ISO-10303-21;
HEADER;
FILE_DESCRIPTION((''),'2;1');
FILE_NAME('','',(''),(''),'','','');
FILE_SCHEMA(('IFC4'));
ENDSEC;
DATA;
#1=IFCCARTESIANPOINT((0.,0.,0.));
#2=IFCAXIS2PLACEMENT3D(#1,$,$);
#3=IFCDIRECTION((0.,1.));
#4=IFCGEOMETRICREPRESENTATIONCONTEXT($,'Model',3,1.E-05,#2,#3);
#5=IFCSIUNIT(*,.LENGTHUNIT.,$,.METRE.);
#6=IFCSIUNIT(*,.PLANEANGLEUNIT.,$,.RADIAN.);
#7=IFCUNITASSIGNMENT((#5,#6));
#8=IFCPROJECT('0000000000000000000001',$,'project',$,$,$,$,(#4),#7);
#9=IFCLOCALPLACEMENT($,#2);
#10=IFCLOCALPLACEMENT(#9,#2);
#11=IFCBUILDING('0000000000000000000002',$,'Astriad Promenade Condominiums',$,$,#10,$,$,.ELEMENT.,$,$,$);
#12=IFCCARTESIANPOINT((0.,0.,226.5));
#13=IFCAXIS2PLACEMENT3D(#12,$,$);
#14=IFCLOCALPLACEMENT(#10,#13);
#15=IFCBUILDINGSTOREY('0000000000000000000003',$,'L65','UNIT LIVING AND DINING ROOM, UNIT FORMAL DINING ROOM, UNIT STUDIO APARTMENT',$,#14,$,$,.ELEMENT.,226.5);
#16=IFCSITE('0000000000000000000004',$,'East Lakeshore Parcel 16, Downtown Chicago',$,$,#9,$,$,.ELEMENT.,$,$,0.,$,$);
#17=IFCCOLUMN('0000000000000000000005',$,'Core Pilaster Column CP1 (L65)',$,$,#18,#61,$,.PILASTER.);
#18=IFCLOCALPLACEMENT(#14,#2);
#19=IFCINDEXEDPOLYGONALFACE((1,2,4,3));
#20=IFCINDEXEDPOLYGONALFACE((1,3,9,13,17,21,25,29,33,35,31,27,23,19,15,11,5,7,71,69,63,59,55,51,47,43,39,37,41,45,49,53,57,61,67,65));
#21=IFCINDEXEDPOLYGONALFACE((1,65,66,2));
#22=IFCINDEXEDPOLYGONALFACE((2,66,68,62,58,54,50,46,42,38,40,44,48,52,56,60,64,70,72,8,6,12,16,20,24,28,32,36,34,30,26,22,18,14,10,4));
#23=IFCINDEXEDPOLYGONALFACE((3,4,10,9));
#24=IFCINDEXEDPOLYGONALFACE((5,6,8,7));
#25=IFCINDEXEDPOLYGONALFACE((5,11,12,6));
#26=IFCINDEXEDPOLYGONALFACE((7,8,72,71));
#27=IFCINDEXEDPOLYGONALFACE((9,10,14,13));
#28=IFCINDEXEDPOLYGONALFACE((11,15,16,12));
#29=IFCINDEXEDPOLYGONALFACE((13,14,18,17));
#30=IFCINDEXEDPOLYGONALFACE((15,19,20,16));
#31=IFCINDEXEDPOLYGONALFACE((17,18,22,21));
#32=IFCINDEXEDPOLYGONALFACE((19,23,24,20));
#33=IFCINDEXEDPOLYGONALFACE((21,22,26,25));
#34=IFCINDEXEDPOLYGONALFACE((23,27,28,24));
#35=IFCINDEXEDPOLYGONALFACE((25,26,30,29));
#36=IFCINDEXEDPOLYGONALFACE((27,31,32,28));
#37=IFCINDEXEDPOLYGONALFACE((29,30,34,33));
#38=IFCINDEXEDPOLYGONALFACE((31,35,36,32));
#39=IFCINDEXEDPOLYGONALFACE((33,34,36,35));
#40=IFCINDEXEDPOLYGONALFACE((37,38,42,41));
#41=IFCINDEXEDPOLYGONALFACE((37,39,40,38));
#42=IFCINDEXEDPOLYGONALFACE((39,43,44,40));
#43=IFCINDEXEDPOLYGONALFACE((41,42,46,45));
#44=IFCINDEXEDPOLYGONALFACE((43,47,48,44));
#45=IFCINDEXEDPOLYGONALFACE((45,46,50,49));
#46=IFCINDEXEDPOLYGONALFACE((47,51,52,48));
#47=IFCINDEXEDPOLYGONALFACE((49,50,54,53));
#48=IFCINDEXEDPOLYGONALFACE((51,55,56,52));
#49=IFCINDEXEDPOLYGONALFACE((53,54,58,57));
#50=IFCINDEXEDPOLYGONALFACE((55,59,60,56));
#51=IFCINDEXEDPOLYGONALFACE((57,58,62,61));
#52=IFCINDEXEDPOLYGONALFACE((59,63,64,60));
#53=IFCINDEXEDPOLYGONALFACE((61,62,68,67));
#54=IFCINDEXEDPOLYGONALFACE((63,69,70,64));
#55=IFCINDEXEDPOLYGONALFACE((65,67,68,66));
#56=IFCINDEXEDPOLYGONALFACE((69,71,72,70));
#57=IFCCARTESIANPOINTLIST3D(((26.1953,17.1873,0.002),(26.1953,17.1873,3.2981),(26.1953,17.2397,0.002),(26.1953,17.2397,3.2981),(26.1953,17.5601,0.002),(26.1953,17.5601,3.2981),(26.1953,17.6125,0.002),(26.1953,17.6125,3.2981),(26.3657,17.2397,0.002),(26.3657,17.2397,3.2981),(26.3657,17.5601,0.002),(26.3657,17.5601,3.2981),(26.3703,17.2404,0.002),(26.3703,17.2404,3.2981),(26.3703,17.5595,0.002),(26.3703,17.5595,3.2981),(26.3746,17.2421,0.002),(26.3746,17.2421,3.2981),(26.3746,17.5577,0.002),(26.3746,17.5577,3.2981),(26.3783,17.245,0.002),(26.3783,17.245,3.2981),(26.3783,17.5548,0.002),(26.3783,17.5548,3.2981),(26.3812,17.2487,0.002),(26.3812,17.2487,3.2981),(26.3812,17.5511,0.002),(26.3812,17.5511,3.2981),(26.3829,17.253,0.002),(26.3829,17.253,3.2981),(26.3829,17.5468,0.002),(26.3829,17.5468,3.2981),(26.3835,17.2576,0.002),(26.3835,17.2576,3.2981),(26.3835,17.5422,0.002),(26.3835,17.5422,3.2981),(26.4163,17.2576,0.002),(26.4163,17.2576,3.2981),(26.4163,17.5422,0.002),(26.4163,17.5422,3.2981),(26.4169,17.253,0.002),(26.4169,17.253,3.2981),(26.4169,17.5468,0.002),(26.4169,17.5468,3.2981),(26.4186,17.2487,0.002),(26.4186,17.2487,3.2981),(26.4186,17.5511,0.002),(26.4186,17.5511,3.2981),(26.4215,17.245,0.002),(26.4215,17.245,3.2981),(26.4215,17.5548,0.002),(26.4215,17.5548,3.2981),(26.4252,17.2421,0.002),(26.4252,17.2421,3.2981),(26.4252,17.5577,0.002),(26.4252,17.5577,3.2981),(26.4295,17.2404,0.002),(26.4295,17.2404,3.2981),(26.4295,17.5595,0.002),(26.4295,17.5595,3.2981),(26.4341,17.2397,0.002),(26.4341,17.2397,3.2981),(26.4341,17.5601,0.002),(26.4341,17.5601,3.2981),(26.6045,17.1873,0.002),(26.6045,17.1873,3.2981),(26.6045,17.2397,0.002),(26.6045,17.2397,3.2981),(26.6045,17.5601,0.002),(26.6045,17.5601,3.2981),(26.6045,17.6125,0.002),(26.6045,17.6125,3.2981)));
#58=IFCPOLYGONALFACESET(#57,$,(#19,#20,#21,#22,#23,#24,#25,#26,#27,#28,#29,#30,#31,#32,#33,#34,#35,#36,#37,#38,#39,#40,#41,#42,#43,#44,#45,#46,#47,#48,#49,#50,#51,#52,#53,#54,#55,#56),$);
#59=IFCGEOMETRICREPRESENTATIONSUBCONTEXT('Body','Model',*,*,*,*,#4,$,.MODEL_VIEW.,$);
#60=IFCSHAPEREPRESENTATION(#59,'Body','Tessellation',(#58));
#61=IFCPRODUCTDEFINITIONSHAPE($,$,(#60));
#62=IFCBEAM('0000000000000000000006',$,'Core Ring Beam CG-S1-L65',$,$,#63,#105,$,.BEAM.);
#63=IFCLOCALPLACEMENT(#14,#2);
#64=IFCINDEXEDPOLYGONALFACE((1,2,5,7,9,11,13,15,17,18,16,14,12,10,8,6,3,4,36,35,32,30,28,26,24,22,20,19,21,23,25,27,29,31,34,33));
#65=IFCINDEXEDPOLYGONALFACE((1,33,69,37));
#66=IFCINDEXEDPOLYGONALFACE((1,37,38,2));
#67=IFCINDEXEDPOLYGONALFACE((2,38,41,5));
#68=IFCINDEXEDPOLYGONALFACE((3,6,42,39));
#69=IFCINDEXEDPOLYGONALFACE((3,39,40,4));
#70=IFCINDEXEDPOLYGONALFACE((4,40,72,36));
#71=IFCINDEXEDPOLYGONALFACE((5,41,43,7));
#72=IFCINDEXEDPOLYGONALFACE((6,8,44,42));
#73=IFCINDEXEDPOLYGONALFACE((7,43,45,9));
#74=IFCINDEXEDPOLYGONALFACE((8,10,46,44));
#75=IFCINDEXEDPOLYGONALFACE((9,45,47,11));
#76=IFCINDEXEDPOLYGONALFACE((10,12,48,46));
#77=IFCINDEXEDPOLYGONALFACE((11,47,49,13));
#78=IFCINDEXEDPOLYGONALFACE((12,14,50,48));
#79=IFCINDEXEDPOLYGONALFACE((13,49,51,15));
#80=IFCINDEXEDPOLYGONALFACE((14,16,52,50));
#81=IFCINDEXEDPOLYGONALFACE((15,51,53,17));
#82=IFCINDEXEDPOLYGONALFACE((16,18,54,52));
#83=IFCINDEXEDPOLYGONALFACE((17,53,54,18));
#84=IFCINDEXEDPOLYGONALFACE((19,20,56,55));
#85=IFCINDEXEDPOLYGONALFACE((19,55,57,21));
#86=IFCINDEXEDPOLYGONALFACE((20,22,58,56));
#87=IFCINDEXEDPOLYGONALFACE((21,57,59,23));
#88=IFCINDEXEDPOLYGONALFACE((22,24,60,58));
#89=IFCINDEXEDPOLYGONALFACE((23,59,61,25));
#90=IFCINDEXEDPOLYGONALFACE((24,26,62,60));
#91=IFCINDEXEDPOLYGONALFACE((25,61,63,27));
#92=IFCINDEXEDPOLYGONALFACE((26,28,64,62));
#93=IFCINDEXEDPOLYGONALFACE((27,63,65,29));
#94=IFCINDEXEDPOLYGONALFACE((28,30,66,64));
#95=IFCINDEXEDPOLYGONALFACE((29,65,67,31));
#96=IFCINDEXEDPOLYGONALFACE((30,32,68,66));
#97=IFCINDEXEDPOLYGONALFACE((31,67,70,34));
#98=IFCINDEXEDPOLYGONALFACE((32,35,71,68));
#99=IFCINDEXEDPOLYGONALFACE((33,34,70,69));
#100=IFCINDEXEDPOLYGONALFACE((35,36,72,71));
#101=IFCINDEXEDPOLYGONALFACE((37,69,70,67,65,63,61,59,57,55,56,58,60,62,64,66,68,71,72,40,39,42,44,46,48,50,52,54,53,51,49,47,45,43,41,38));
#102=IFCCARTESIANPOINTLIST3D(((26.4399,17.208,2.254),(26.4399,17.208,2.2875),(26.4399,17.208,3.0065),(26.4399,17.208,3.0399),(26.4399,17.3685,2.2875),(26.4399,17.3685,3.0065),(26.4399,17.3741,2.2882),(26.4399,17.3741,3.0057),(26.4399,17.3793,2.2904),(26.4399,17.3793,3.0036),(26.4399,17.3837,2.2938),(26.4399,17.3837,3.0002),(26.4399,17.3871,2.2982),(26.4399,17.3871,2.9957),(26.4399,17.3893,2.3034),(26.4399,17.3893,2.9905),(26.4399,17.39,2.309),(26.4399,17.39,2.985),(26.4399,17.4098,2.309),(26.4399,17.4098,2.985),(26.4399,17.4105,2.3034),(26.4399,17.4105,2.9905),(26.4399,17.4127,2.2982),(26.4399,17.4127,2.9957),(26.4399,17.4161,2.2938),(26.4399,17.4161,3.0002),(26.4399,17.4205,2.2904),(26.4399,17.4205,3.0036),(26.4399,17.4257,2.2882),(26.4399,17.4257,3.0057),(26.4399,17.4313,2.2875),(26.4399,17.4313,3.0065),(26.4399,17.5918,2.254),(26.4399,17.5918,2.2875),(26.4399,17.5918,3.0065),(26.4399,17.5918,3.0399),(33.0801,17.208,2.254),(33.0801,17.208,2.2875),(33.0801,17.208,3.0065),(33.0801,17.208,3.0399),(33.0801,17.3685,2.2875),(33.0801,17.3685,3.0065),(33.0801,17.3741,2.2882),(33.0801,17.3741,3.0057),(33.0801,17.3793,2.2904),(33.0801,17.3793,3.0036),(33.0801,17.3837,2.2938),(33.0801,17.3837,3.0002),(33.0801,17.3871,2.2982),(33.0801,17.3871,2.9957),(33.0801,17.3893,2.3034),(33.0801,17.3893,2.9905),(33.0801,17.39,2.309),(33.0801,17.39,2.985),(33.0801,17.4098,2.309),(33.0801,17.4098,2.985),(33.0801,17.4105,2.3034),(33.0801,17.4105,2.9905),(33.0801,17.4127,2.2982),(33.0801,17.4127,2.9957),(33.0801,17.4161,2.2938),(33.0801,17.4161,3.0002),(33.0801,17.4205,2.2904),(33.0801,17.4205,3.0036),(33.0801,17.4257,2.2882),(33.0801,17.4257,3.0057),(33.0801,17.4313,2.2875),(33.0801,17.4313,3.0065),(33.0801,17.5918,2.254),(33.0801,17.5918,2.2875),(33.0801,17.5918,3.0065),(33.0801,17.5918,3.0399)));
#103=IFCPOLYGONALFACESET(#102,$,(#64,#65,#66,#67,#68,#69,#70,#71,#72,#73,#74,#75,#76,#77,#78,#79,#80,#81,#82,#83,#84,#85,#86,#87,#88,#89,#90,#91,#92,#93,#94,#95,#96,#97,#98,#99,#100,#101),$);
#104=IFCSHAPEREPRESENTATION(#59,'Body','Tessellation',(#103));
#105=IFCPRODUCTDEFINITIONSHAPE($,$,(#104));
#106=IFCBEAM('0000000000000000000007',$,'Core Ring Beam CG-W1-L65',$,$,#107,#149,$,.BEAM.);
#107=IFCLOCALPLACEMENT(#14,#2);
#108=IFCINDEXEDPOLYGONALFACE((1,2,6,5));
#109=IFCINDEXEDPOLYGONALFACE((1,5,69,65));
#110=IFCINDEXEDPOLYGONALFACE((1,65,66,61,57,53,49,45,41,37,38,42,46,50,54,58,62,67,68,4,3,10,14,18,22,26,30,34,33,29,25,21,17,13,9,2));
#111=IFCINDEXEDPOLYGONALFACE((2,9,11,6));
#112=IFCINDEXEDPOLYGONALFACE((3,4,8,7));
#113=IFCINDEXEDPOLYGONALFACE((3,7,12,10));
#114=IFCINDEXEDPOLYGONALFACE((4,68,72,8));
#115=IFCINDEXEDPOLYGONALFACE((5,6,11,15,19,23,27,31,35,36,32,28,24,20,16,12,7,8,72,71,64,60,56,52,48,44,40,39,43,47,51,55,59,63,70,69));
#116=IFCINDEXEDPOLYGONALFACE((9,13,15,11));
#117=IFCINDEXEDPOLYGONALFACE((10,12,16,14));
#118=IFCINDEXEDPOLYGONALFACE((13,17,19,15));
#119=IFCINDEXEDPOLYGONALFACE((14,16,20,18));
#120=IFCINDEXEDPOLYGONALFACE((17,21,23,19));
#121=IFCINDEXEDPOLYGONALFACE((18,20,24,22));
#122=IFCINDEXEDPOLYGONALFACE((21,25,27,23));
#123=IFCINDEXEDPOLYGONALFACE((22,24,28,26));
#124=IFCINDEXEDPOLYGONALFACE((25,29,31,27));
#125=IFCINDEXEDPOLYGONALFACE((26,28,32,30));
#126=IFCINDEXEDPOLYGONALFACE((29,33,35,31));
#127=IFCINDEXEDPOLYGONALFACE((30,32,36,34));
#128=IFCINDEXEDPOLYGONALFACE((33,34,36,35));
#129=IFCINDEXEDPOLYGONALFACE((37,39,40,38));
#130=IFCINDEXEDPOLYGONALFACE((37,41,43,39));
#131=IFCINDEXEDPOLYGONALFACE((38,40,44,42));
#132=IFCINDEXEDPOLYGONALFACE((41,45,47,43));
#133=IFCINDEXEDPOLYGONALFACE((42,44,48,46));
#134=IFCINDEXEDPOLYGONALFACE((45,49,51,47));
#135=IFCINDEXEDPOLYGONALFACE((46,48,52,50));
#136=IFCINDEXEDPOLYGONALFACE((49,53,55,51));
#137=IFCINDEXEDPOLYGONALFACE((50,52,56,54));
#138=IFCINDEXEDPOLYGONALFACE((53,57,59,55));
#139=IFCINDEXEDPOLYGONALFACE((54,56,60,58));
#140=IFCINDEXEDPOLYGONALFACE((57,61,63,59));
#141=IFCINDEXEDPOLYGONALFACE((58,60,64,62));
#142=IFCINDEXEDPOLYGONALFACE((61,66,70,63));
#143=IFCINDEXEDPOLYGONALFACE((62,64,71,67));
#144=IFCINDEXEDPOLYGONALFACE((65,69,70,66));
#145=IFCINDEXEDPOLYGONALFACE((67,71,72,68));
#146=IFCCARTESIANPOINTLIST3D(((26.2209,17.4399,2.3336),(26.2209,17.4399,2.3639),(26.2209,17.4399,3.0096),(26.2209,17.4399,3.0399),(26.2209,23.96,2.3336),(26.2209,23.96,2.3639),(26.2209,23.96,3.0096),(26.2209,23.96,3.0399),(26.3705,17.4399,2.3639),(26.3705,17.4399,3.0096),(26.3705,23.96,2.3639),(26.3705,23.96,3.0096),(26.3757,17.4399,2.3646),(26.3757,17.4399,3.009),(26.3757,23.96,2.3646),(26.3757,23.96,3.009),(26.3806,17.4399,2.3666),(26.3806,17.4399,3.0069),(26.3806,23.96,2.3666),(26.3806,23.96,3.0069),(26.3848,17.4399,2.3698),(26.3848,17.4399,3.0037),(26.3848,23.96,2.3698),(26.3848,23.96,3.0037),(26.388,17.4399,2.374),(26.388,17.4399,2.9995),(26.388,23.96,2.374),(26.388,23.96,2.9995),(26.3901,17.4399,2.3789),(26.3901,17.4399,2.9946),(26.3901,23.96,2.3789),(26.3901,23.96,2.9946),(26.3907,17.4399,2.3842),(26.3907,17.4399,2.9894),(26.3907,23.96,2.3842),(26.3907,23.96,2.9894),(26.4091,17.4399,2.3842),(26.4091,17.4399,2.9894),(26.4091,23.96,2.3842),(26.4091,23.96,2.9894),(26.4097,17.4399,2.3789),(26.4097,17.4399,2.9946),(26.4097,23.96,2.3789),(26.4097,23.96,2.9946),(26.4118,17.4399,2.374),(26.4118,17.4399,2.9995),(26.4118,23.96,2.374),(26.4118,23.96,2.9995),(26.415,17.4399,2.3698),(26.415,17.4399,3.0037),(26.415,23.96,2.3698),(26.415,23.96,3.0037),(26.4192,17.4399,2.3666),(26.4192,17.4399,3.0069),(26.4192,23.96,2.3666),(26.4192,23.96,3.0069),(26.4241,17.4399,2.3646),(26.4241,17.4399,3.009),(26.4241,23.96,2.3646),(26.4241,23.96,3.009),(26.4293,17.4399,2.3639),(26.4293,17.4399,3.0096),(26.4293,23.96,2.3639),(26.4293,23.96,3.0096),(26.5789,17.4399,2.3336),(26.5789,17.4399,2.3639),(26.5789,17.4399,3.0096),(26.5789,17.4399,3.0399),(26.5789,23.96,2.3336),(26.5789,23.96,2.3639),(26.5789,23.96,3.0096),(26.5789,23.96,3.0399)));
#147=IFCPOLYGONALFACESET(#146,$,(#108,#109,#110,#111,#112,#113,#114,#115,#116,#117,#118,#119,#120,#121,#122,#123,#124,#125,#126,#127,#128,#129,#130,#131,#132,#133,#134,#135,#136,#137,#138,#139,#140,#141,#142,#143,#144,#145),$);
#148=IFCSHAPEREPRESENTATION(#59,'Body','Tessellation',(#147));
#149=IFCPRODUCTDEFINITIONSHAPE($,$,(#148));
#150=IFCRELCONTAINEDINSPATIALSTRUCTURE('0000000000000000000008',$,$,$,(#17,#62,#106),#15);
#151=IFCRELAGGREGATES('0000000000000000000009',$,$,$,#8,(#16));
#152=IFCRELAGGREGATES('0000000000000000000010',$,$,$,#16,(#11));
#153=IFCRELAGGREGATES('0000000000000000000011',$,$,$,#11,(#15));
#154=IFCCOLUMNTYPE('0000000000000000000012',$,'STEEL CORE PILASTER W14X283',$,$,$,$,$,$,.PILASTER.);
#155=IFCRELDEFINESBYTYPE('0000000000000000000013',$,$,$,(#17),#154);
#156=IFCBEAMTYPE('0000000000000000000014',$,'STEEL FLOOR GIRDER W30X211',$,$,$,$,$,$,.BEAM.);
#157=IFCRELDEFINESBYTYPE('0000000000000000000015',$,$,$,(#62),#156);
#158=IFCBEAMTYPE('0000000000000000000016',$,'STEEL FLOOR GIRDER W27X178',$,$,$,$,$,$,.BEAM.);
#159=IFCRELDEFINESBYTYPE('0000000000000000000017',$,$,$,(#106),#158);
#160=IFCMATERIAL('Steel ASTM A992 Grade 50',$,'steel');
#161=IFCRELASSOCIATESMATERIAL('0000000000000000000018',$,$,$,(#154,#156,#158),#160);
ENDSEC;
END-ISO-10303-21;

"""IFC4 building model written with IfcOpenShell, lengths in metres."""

from ifc_helpers import new_model, si_unit, direction, frame, origin, origin_2d, place, context, subcontext, project, spatial, i_section, extrude, source, transform, mapped, material, material_profile, profile_set, type_object, type_shapes, element, save


model = new_model("IFC4")

# Units and contexts
model_context = context("Model", 3, precision=1e-05, world=origin(), true_north=direction((0.0, 1.0)))
body_context = subcontext(model_context, "Body", "Model", "MODEL_VIEW")
ifc_project = project(units=[si_unit("LENGTHUNIT", "METRE"), si_unit("PLANEANGLEUNIT", "RADIAN")], contexts=[model_context])

# Site, building, storey
site_placement = place(None, origin())
site = spatial("IfcSite", under=ifc_project, at=site_placement, Name="East Lakeshore Parcel 16, Downtown Chicago", CompositionType="ELEMENT", RefElevation=0.0)
building_placement = place(site_placement, origin())
building = spatial("IfcBuilding", under=site, at=building_placement, Name="Astriad Promenade Condominiums", CompositionType="ELEMENT")
storey_placement = place(building_placement, frame((0.0, 0.0, 226.5)))
storey = spatial("IfcBuildingStorey", under=building, at=storey_placement, Name="L65", Description="UNIT LIVING AND DINING ROOM, UNIT FORMAL DINING ROOM, UNIT STUDIO APARTMENT", CompositionType="ELEMENT", Elevation=226.5)

# Column
ifc_material_1 = material(Name="Steel ASTM A992 Grade 50", Category="steel")
ifc_material_profile_1 = material_profile(ifc_material_1, i_section(OverallWidth=0.4092, OverallDepth=0.4253, WebThickness=0.0327, FlangeThickness=0.0525, FilletRadius=0.0178, at=origin_2d()), Name="W14X283")
ifc_profile_set_1 = profile_set([ifc_material_profile_1], Name="Steel ASTM A992 Grade 50")
column_type = type_object("IfcColumnType", Name="STEEL CORE PILASTER W14X283", PredefinedType="PILASTER", material=ifc_profile_set_1)
shared_shape_1 = source(origin(), body_context, "Body", "SweptSolid", [
    extrude(i_section(OverallWidth=0.4092, OverallDepth=0.4253, WebThickness=0.0327, FlangeThickness=0.0525, FilletRadius=0.0178, at=origin_2d()), origin(), (0.0, 0.0, 1.0), 3.2961),
])
type_shapes(column_type, [shared_shape_1])
column_placement = place(storey_placement, frame((26.3999, 17.3999, 0.002), z_axis=(0.0, 0.0, 1.0), x_axis=(1.0, 0.0, 0.0)))
element("IfcColumn", 1, at=column_placement, inside=storey, type_object=column_type, Name="Core Pilaster Column CP1 (L65)", PredefinedType="PILASTER", context=body_context, shape_type="MappedRepresentation", body=[
    mapped(shared_shape_1, transform((0.0, 0.0, 0.0), scale=1.0)),
])

# Beams
ifc_material_profile_2 = material_profile(ifc_material_1, i_section(OverallWidth=0.3838, OverallDepth=0.7859, WebThickness=0.0198, FlangeThickness=0.0334, FilletRadius=0.0215, at=origin_2d()), Name="W30X211")
ifc_profile_set_2 = profile_set([ifc_material_profile_2], Name="Steel ASTM A992 Grade 50")
beam_type_1 = type_object("IfcBeamType", Name="STEEL FLOOR GIRDER W30X211", PredefinedType="BEAM", material=ifc_profile_set_2)
shared_shape_2 = source(origin(), body_context, "Body", "SweptSolid", [
    extrude(i_section(OverallWidth=0.3838, OverallDepth=0.7859, WebThickness=0.0198, FlangeThickness=0.0334, FilletRadius=0.0215, at=origin_2d()), origin(), (0.0, 0.0, 1.0), 6.6401),
])
type_shapes(beam_type_1, [shared_shape_2])
beam_1_placement = place(storey_placement, frame((26.4399, 17.3999, 2.647), z_axis=(1.0, 0.0, 0.0), x_axis=(0.0, 1.0, 0.0)))
element("IfcBeam", 2, at=beam_1_placement, inside=storey, type_object=beam_type_1, Name="Core Ring Beam CG-S1-L65", PredefinedType="BEAM", context=body_context, shape_type="MappedRepresentation", body=[
    mapped(shared_shape_2, transform((0.0, 0.0, 0.0), scale=1.0)),
])
ifc_material_profile_3 = material_profile(ifc_material_1, i_section(OverallWidth=0.3579, OverallDepth=0.7063, WebThickness=0.0183, FlangeThickness=0.0303, FilletRadius=0.0203, at=origin_2d()), Name="W27X178")
ifc_profile_set_3 = profile_set([ifc_material_profile_3], Name="Steel ASTM A992 Grade 50")
beam_type_2 = type_object("IfcBeamType", Name="STEEL FLOOR GIRDER W27X178", PredefinedType="BEAM", material=ifc_profile_set_3)
shared_shape_3 = source(origin(), body_context, "Body", "SweptSolid", [
    extrude(i_section(OverallWidth=0.3579, OverallDepth=0.7063, WebThickness=0.0183, FlangeThickness=0.0303, FilletRadius=0.0203, at=origin_2d()), origin(), (0.0, 0.0, 1.0), 6.52),
])
type_shapes(beam_type_2, [shared_shape_3])
beam_2_placement = place(storey_placement, frame((26.3999, 17.4399, 2.6868), z_axis=(0.0, 1.0, 0.0), x_axis=(-1.0, 0.0, 0.0)))
element("IfcBeam", 3, at=beam_2_placement, inside=storey, type_object=beam_type_2, Name="Core Ring Beam CG-W1-L65", PredefinedType="BEAM", context=body_context, shape_type="MappedRepresentation", body=[
    mapped(shared_shape_3, transform((0.0, 0.0, 0.0), scale=1.0)),
])

save(model, "model.ifc")
